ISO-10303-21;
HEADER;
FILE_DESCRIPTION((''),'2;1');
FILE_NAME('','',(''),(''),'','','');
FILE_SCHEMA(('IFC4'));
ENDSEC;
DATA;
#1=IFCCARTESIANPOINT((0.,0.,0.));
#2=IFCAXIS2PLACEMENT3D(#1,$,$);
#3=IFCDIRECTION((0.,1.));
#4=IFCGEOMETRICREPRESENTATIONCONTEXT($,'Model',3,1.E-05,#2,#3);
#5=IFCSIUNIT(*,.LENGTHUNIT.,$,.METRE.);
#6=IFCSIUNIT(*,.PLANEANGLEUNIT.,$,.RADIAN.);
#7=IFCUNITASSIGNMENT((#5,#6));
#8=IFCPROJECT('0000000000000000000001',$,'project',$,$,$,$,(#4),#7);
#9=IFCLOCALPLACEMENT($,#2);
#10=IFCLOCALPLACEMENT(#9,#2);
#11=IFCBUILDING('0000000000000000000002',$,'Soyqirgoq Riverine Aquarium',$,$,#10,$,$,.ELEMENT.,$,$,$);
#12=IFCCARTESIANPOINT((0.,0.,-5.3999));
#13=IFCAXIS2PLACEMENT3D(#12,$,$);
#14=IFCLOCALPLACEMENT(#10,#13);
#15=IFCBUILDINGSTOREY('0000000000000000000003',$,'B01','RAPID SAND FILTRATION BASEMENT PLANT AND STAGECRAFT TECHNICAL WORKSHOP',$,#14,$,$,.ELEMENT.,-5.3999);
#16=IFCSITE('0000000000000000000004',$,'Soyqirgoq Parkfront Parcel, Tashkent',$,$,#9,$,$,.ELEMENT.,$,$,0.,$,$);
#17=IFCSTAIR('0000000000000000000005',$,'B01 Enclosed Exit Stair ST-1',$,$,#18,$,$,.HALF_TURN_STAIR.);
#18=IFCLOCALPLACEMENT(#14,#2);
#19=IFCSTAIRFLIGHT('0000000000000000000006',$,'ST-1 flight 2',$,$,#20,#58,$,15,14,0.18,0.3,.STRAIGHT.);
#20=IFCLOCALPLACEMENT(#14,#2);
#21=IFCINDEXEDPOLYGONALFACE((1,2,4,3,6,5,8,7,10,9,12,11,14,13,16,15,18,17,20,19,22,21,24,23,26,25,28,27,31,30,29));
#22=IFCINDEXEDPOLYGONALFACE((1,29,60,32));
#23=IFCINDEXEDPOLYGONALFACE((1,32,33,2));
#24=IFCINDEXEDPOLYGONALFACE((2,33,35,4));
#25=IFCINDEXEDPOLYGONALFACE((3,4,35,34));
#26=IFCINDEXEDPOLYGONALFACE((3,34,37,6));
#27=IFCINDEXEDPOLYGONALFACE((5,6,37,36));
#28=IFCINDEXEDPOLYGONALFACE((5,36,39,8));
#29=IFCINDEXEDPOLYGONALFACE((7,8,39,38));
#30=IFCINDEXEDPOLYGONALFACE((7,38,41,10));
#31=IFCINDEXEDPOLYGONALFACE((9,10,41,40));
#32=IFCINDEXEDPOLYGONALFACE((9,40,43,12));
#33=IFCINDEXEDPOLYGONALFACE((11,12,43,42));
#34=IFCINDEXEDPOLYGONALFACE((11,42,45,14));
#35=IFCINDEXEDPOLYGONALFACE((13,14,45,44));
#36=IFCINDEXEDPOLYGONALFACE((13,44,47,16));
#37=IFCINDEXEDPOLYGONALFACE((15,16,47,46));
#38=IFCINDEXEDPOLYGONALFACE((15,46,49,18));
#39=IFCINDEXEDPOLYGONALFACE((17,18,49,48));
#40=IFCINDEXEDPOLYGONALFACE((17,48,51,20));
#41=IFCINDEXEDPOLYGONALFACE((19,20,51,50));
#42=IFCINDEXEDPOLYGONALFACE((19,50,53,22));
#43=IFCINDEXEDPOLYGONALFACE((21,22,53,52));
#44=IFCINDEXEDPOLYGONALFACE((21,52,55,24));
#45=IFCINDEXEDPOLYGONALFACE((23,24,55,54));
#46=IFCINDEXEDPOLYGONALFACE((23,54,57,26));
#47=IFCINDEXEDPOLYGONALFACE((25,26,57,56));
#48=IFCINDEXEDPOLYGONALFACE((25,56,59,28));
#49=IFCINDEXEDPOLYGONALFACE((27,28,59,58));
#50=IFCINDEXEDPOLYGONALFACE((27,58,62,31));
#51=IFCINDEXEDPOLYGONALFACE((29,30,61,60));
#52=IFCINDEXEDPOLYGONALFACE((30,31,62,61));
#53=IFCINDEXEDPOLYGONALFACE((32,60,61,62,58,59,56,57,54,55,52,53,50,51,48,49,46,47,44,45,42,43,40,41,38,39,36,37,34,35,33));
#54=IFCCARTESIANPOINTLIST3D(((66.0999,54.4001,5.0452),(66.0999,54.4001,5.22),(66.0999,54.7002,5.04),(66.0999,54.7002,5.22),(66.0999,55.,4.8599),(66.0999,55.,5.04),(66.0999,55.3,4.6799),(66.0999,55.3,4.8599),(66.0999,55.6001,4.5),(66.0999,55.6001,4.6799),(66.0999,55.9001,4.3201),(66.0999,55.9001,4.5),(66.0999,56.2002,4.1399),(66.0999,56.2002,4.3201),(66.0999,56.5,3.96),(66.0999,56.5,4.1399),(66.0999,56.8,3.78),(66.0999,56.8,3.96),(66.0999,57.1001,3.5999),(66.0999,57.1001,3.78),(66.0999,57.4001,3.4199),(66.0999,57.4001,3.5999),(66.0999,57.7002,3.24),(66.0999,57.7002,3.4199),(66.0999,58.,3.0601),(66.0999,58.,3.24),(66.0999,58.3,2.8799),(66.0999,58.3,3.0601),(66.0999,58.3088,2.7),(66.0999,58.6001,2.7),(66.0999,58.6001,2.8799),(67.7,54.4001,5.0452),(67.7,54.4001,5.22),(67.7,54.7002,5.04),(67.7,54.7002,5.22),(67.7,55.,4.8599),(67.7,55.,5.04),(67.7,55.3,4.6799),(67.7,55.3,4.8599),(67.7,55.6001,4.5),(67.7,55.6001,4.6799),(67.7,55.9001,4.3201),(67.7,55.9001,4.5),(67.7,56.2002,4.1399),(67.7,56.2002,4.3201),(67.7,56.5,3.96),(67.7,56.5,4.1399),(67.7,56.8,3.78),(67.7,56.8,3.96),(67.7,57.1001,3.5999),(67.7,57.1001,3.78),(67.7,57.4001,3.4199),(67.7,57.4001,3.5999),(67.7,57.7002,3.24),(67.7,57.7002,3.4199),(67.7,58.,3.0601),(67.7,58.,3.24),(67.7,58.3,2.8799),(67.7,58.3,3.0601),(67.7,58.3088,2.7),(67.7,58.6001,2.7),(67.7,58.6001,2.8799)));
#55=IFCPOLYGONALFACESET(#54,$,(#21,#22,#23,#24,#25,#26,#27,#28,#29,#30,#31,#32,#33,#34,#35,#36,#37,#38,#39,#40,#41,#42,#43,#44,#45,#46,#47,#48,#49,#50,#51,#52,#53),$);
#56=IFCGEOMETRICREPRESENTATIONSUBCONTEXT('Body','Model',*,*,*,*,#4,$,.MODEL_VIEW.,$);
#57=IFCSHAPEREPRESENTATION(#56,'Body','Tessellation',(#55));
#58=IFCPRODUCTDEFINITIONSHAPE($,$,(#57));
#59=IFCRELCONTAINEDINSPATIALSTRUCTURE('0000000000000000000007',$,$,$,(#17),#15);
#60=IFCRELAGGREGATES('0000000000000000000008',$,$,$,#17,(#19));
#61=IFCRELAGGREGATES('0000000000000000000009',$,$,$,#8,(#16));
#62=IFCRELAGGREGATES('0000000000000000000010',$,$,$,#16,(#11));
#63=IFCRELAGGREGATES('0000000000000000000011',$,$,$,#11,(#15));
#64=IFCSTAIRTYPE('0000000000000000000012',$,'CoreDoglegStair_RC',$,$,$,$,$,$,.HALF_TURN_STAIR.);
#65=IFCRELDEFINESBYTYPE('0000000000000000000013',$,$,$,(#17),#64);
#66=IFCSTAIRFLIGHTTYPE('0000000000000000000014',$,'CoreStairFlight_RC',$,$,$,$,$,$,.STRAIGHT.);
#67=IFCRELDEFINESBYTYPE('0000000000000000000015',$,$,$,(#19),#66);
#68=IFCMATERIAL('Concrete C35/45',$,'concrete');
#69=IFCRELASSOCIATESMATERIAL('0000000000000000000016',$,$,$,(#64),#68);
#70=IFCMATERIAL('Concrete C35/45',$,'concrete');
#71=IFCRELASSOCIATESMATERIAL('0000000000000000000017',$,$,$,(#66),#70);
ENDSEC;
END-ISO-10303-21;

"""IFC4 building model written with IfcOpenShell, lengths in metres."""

from ifc_helpers import new_model, si_unit, direction, frame, origin, place, context, subcontext, project, spatial, polyline, outline, extrude, material, type_object, element, aggregate, save


model = new_model("IFC4")

# Units and contexts
model_context = context("Model", 3, precision=1e-05, world=origin(), true_north=direction((0.0, 1.0)))
body_context = subcontext(model_context, "Body", "Model", "MODEL_VIEW")
ifc_project = project(units=[si_unit("LENGTHUNIT", "METRE"), si_unit("PLANEANGLEUNIT", "RADIAN")], contexts=[model_context])

# Site, building, storey
site_placement = place(None, origin())
site = spatial("IfcSite", under=ifc_project, at=site_placement, Name="Soyqirgoq Parkfront Parcel, Tashkent", CompositionType="ELEMENT", RefElevation=0.0)
building_placement = place(site_placement, origin())
building = spatial("IfcBuilding", under=site, at=building_placement, Name="Soyqirgoq Riverine Aquarium", CompositionType="ELEMENT")
storey_placement = place(building_placement, frame((0.0, 0.0, -5.3999)))
storey = spatial("IfcBuildingStorey", under=building, at=storey_placement, Name="B01", Description="RAPID SAND FILTRATION BASEMENT PLANT AND STAGECRAFT TECHNICAL WORKSHOP", CompositionType="ELEMENT", Elevation=-5.3999)

# Stair, stair flight
ifc_material_1 = material(Name="Concrete C35/45", Category="concrete")
stair_type = type_object("IfcStairType", Name="CoreDoglegStair_RC", PredefinedType="HALF_TURN_STAIR", material=ifc_material_1)
stair_placement = place(storey_placement, origin())
stair = element("IfcStair", 1, at=stair_placement, inside=storey, type_object=stair_type, Name="B01 Enclosed Exit Stair ST-1", PredefinedType="HALF_TURN_STAIR")
ifc_material_2 = material(Name="Concrete C35/45", Category="concrete")
stair_flight_type = type_object("IfcStairFlightType", Name="CoreStairFlight_RC", PredefinedType="STRAIGHT", material=ifc_material_2)
stair_flight_1_placement = place(storey_placement, frame((66.8999, 58.6001, 2.7), z_axis=(0.0, 0.0, 1.0), x_axis=(0.0, -1.0, 0.0)))
stair_flight_1 = element("IfcStairFlight", 2, at=stair_flight_1_placement, type_object=stair_flight_type, Name="ST-1 flight 2", NumberOfRisers=15, NumberOfTreads=14, PredefinedType="STRAIGHT", RiserHeight=0.18, TreadLength=0.3, context=body_context, shape_type="SweptSolid", body=[
    extrude(outline(polyline([(0.0, 0.0), (0.0, 0.1799), (0.3, 0.1799), (0.3, 0.3601), (0.6001, 0.3601), (0.6001, 0.54), (0.8999, 0.54), (0.8999, 0.72), (1.2, 0.72), (1.2, 0.8999), (1.5, 0.8999), (1.5, 1.0801), (1.8, 1.0801), (1.8, 1.26), (2.1001, 1.26), (2.1001, 1.4399), (2.3999, 1.4399), (2.3999, 1.6201), (2.7, 1.6201), (2.7, 1.8), (3.0, 1.8), (3.0, 1.98), (3.3, 1.98), (3.3, 2.1599), (3.6001, 2.1599), (3.6001, 2.3401), (3.8999, 2.3401), (3.8999, 2.52), (4.2, 2.52), (4.2, 2.7), (4.2, 2.3452), (0.2913, 0.0), (0.0, 0.0)])), frame((0.0, 0.8, 0.0), z_axis=(0.0, -1.0, 0.0), x_axis=(1.0, 0.0, 0.0)), (0.0, 0.0, 1.0), 1.6001),
])
aggregate(stair, [stair_flight_1])

save(model, "model.ifc")
